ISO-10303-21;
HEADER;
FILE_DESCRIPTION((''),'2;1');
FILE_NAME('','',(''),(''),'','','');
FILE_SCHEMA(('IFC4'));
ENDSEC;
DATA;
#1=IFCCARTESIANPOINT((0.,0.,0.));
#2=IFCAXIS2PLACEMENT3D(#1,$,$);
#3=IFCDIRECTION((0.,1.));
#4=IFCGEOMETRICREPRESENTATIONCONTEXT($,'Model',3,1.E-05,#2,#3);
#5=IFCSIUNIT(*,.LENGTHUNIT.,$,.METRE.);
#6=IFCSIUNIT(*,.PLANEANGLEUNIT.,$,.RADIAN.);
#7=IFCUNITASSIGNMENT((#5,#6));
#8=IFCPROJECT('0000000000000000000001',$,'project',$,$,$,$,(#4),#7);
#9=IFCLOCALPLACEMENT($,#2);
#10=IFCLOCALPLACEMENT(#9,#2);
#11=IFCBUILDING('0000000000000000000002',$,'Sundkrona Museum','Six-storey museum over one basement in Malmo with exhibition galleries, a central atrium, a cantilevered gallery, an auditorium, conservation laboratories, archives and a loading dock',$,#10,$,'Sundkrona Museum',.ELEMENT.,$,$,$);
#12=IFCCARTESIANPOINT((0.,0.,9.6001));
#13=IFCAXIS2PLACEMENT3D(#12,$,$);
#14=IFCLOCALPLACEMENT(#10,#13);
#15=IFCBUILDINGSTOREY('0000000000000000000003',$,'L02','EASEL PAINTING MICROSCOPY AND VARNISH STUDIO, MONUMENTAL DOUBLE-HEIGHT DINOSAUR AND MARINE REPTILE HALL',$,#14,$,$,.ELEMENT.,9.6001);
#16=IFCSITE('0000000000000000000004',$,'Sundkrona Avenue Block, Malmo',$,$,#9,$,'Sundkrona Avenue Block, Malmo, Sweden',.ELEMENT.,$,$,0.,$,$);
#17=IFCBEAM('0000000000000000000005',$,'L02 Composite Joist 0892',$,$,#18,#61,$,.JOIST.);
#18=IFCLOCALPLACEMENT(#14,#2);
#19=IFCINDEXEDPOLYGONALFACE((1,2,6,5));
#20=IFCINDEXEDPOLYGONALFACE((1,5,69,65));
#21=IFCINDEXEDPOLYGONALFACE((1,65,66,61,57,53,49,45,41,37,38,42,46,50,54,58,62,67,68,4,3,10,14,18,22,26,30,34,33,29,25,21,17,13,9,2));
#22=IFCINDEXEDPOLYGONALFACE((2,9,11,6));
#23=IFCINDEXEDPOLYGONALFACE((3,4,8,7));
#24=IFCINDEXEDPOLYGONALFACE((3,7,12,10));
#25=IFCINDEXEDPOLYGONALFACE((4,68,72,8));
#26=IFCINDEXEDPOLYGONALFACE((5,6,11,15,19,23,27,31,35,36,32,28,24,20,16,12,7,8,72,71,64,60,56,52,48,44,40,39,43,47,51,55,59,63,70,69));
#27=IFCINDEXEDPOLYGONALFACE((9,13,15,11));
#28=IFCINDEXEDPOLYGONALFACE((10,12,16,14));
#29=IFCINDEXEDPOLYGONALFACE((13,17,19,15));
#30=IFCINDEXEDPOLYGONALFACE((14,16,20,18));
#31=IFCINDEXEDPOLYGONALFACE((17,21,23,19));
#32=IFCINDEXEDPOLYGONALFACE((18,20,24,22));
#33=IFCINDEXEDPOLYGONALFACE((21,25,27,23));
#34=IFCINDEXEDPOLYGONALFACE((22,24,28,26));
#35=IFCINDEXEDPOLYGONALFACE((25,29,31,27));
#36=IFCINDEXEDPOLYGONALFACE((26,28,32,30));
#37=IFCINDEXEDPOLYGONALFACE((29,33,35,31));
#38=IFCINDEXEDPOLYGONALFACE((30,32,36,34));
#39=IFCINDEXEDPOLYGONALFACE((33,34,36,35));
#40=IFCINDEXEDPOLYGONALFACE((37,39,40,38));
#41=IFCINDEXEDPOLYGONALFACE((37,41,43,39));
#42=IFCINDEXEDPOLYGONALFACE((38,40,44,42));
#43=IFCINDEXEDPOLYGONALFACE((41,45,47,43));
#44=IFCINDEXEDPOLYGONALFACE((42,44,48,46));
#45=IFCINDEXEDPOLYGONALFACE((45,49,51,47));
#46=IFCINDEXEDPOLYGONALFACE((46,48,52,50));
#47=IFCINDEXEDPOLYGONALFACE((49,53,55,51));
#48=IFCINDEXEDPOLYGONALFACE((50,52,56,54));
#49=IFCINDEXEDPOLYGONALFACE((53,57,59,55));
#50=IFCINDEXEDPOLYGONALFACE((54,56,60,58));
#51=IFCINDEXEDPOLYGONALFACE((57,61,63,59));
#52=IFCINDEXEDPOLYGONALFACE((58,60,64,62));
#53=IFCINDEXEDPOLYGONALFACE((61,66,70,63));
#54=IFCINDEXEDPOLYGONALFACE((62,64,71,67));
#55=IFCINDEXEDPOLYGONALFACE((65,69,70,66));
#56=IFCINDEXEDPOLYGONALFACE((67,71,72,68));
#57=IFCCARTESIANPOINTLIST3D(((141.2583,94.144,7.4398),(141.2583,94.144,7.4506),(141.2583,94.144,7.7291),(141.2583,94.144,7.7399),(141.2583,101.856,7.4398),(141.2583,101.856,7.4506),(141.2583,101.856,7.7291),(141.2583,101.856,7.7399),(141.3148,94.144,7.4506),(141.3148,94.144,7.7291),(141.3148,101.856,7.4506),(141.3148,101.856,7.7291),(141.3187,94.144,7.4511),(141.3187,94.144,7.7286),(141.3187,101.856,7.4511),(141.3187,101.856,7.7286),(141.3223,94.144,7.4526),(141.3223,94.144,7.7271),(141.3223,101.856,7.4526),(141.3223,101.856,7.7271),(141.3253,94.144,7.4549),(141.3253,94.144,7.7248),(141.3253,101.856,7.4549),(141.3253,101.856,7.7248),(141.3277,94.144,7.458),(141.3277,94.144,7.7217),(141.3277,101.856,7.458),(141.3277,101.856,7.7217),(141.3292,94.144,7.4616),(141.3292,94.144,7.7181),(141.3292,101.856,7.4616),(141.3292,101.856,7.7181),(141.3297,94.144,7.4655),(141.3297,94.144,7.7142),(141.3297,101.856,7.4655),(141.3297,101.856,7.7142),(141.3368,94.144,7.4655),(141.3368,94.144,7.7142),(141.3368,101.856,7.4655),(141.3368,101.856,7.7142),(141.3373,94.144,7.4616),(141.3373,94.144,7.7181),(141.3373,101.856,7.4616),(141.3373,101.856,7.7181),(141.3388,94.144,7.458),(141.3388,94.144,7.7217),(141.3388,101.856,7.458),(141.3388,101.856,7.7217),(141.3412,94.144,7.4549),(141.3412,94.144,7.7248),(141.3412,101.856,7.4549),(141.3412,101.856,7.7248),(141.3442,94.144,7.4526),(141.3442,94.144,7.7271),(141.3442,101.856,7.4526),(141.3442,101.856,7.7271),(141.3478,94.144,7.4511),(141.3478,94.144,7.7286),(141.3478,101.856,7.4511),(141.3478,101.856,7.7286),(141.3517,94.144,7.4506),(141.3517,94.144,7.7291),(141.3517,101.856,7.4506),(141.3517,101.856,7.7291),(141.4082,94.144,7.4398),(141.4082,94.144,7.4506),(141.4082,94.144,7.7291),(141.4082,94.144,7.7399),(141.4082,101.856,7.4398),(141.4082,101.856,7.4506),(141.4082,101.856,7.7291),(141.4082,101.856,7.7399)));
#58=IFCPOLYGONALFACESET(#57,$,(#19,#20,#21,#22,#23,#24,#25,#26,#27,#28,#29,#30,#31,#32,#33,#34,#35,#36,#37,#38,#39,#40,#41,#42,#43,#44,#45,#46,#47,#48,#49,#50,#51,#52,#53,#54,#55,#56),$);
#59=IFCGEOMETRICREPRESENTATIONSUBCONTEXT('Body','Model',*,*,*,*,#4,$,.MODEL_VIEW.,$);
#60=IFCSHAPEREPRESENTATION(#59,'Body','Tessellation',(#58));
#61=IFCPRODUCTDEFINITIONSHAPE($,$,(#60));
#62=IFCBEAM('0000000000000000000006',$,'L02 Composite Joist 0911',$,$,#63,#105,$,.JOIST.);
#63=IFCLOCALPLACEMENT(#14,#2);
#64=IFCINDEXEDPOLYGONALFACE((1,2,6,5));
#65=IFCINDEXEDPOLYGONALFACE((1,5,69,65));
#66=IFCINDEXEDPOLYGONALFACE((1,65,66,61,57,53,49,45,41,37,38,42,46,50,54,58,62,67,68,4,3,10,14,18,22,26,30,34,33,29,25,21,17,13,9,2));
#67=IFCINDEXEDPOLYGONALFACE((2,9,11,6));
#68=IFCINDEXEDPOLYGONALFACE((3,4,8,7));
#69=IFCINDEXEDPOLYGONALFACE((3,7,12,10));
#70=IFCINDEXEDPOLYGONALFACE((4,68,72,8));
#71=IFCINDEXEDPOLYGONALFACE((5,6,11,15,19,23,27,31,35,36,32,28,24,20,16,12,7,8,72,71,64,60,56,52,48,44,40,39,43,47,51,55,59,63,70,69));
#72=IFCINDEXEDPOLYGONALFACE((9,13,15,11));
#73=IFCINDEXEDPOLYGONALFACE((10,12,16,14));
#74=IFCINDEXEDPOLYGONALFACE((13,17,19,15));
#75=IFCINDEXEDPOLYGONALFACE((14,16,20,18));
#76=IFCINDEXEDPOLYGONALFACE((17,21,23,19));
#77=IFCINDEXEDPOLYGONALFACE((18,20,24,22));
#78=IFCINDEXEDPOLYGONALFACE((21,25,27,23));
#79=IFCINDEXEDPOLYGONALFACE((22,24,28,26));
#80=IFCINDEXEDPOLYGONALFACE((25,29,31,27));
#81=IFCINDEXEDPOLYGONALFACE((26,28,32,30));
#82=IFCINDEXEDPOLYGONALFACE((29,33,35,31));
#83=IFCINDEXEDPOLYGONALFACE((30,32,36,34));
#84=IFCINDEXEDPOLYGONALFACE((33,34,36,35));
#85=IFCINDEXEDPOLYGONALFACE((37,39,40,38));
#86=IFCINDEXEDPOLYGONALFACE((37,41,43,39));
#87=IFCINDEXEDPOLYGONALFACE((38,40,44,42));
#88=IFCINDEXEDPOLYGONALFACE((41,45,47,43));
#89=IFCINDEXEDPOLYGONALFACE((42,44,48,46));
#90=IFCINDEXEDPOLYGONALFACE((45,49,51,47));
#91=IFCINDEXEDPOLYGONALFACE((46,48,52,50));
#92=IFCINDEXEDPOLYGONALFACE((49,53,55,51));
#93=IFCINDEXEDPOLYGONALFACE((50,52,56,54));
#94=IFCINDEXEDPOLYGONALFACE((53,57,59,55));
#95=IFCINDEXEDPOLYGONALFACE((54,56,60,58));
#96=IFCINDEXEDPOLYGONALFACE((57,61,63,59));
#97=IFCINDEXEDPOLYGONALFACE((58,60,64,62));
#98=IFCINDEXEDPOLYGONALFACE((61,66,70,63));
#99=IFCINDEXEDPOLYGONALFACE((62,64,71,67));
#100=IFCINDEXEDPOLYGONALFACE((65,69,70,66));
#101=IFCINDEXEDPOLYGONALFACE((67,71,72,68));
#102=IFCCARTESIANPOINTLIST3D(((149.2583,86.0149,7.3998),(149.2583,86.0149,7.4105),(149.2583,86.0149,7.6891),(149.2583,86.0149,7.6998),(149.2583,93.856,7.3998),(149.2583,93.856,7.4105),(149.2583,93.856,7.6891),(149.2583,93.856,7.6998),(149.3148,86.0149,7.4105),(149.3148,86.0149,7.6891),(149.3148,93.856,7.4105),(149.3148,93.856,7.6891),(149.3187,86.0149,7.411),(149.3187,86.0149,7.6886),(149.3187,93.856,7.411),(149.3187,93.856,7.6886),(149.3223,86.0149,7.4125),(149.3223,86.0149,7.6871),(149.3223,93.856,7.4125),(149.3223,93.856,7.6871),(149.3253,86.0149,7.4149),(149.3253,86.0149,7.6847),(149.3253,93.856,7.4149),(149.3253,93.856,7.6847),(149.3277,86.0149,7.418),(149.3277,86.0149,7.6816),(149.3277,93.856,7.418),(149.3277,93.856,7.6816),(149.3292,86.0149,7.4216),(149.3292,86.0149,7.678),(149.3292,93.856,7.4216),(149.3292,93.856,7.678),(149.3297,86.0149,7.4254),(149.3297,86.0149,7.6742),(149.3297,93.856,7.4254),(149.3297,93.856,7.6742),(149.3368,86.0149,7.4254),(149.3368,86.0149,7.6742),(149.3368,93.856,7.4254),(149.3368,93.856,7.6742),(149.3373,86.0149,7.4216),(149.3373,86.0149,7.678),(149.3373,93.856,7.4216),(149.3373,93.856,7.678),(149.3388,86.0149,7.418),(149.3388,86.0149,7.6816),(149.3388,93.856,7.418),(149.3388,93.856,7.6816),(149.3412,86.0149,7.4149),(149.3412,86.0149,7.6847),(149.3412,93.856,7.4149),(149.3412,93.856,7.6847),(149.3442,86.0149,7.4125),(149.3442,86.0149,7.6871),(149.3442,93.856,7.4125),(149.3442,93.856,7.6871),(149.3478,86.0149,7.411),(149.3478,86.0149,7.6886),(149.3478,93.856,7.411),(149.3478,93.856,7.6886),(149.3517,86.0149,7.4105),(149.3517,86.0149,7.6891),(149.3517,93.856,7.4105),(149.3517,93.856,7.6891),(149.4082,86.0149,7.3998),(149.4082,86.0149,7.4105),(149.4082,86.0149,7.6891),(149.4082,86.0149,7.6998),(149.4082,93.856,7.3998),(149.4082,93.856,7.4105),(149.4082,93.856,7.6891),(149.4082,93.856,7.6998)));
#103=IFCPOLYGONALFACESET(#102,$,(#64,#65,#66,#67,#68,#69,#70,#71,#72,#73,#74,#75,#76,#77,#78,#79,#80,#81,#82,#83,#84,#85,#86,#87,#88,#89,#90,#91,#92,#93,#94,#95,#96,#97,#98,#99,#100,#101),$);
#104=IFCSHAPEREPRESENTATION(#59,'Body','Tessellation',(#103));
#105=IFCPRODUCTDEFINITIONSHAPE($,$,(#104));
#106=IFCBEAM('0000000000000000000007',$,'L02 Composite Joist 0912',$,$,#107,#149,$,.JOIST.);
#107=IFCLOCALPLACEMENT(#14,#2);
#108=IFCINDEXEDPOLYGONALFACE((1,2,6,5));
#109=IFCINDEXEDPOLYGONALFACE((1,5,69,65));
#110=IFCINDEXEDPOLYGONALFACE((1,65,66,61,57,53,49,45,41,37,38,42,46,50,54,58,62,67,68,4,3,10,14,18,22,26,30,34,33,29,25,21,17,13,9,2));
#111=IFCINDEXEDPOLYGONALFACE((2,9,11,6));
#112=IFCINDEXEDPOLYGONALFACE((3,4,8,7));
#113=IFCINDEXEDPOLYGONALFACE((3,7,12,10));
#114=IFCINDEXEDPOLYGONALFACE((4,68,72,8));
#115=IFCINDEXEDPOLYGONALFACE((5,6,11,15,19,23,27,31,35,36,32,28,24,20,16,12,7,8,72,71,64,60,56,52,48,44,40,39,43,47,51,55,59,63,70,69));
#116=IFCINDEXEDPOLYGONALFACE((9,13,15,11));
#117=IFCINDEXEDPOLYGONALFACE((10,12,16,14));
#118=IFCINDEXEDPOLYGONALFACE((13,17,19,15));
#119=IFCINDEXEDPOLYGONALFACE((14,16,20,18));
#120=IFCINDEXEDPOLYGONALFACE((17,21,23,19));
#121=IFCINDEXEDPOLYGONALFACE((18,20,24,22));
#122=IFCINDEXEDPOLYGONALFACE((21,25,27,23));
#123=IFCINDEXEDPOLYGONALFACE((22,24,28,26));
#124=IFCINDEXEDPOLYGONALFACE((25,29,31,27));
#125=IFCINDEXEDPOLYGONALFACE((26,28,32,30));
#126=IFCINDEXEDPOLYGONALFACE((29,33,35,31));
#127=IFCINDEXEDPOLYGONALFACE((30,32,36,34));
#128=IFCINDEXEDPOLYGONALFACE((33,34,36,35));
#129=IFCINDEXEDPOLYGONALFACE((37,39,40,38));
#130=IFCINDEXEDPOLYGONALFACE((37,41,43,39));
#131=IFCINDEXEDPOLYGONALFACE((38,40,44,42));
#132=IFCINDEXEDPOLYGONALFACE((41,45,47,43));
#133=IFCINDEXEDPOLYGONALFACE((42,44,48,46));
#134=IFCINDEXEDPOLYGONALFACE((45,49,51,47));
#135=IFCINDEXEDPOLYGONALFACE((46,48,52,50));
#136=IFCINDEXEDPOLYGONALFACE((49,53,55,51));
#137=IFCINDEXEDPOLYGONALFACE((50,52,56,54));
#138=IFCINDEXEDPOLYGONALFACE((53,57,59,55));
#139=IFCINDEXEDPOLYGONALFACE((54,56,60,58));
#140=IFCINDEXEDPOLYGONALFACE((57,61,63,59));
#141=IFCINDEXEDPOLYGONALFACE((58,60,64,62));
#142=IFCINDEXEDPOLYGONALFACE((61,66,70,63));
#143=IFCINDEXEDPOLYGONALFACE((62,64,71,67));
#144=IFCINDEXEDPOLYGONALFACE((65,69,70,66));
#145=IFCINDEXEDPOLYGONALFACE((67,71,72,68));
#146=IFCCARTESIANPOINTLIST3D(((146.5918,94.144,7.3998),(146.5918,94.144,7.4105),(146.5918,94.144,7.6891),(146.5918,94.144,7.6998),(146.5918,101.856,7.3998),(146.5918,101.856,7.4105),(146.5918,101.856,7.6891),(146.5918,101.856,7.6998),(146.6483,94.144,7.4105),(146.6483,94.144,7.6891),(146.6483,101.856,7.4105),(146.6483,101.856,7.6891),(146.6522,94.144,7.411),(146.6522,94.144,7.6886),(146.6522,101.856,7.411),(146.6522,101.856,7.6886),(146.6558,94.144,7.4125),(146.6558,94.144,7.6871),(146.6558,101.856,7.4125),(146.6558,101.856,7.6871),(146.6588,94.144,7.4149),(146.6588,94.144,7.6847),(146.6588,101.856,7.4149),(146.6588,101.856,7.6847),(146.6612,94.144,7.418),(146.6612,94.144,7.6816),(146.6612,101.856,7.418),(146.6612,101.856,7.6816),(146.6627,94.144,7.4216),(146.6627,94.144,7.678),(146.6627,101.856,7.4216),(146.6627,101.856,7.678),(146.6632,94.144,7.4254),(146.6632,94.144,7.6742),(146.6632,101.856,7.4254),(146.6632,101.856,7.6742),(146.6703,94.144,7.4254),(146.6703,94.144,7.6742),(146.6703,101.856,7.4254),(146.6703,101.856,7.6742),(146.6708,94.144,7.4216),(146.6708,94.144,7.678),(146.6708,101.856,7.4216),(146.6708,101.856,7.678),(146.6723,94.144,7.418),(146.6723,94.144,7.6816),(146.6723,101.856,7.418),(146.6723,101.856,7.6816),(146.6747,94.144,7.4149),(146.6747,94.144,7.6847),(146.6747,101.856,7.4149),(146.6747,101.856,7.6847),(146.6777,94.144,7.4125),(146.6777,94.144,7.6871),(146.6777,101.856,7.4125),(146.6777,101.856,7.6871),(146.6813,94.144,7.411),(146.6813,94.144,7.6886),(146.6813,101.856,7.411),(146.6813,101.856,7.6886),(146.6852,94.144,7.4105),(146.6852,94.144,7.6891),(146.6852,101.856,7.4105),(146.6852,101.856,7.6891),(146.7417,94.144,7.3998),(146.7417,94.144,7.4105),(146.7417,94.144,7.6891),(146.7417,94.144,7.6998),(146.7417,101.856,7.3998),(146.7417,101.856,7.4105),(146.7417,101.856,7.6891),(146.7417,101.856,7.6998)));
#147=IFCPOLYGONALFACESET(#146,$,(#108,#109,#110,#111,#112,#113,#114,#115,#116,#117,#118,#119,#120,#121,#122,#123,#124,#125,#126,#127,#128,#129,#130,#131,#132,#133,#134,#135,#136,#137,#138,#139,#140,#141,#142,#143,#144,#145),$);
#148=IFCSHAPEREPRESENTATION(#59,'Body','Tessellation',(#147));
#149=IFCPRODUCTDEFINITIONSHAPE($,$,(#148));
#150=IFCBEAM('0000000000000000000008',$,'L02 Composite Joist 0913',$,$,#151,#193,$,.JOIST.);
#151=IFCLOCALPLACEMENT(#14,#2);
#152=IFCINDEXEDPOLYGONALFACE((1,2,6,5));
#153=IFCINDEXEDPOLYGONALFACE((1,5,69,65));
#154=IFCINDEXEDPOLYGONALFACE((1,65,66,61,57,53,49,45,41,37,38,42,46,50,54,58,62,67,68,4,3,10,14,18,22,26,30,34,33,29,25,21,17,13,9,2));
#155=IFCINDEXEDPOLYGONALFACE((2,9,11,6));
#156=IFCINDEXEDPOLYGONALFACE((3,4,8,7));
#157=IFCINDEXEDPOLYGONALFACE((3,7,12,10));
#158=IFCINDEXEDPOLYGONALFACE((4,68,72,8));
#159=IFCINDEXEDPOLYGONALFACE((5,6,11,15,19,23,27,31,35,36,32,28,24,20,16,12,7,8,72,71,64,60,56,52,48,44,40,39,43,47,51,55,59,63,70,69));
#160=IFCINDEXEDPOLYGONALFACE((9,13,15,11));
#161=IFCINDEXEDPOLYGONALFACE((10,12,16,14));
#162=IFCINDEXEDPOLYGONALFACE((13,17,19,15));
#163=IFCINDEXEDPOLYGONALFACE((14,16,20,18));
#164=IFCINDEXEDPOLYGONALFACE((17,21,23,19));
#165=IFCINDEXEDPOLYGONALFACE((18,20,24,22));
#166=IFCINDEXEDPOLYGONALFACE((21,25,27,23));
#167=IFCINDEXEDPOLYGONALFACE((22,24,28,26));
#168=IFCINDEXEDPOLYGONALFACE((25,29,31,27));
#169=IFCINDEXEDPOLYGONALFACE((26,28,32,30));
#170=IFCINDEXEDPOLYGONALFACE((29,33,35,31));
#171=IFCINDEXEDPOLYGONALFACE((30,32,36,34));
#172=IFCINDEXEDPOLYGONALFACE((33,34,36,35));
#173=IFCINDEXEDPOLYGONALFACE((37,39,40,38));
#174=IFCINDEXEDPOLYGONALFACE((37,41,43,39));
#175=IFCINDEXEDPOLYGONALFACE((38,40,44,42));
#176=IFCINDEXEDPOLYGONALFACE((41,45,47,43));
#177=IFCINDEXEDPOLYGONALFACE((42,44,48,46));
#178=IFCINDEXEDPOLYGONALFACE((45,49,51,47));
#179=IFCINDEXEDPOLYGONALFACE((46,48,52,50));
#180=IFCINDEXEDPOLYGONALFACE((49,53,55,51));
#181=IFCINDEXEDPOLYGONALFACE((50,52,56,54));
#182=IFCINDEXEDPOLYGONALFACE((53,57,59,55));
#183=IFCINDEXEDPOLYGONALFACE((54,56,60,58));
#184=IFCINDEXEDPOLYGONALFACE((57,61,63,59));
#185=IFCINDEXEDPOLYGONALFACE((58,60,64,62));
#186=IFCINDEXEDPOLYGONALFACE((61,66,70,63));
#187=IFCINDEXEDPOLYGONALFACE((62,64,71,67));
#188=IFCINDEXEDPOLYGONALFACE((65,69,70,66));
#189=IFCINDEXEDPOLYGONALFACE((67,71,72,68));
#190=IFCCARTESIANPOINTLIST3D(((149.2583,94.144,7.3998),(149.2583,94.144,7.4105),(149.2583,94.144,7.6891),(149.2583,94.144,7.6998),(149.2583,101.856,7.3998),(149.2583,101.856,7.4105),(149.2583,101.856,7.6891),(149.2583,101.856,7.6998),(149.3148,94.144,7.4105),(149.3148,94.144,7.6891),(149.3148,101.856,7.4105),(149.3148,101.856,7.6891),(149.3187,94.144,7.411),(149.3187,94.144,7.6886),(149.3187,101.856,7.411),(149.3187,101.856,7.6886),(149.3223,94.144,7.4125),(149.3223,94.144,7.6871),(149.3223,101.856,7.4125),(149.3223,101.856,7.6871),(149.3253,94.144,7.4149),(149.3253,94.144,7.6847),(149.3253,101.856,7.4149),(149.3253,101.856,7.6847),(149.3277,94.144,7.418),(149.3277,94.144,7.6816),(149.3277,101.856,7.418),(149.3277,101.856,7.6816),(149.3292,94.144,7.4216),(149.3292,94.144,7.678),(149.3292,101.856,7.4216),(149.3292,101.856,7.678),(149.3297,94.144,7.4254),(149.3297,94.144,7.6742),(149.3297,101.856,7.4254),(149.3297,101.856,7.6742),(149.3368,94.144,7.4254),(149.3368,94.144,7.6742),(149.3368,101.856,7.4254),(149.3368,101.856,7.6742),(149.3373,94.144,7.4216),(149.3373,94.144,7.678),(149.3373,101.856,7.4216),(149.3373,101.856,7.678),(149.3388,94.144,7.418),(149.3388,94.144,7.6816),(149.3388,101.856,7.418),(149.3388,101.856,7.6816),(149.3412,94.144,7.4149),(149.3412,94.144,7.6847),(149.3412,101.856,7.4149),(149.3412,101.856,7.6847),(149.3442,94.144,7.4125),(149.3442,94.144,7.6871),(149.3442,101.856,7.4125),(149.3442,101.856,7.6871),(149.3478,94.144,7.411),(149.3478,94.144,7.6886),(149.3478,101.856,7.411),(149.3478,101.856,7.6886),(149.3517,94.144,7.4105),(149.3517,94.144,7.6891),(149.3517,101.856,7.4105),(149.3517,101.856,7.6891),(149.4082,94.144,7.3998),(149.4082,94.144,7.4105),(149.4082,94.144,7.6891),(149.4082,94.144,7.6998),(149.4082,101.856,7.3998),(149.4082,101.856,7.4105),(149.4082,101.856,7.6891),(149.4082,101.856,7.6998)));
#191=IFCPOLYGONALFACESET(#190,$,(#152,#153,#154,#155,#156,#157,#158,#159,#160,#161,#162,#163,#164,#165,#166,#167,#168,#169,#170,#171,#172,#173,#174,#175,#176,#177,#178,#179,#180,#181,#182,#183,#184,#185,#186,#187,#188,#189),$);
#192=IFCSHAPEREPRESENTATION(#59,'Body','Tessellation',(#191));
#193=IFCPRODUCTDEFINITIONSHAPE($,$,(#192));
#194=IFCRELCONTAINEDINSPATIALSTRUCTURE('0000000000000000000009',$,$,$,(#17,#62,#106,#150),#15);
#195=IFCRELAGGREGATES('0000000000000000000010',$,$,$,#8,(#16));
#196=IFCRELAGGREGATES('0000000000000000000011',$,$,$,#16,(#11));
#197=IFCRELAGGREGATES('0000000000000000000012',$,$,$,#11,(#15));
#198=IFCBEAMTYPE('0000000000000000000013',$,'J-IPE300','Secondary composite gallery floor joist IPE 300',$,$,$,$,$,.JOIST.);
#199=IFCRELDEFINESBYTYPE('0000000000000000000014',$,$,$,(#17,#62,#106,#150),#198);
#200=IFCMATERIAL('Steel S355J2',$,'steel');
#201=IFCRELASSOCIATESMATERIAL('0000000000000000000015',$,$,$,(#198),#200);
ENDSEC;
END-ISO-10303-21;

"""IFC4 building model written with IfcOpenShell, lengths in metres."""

from ifc_helpers import new_model, si_unit, direction, frame, origin, origin_2d, place, context, subcontext, project, spatial, i_section, extrude, material, material_profile, profile_set, type_object, element, save


model = new_model("IFC4")

# Units and contexts
model_context = context("Model", 3, precision=1e-05, world=origin(), true_north=direction((0.0, 1.0)))
body_context = subcontext(model_context, "Body", "Model", "MODEL_VIEW")
ifc_project = project(units=[si_unit("LENGTHUNIT", "METRE"), si_unit("PLANEANGLEUNIT", "RADIAN")], contexts=[model_context])

# Site, building, storey
site_placement = place(None, origin())
site = spatial("IfcSite", under=ifc_project, at=site_placement, Name="Sundkrona Avenue Block, Malmo", LongName="Sundkrona Avenue Block, Malmo, Sweden", CompositionType="ELEMENT", RefElevation=0.0)
building_placement = place(site_placement, origin())
building = spatial("IfcBuilding", under=site, at=building_placement, Name="Sundkrona Museum", Description="Six-storey museum over one basement in Malmo with exhibition galleries, a central atrium, a cantilevered gallery, an auditorium, conservation laboratories, archives and a loading dock", LongName="Sundkrona Museum", CompositionType="ELEMENT")
storey_placement = place(building_placement, frame((0.0, 0.0, 9.6001)))
storey = spatial("IfcBuildingStorey", under=building, at=storey_placement, Name="L02", Description="EASEL PAINTING MICROSCOPY AND VARNISH STUDIO, MONUMENTAL DOUBLE-HEIGHT DINOSAUR AND MARINE REPTILE HALL", CompositionType="ELEMENT", Elevation=9.6001)

# Shared definitions
ifc_material_1 = material(Name="Steel S355J2", Category="steel")

# Beams
ifc_material_profile_1 = material_profile(ifc_material_1, i_section(OverallWidth=0.1499, OverallDepth=0.3, WebThickness=0.0071, FlangeThickness=0.0107, FilletRadius=0.0149, at=origin_2d()), Name="IPE 300")
ifc_profile_set_1 = profile_set([ifc_material_profile_1], Name="Steel S355J2")
beam_type_1 = type_object("IfcBeamType", Name="J-IPE300", Description="Secondary composite gallery floor joist IPE 300", PredefinedType="JOIST", material=ifc_profile_set_1)
for number, where, z_axis, x_axis, name in (
    (1, (141.3333, 94.144, 7.5898), (0.0, 1.0, 0.0), (-1.0, 0.0, 0.0), "L02 Composite Joist 0892"),
):
    element("IfcBeam", number, at=place(storey_placement, frame(where, z_axis=z_axis, x_axis=x_axis)), inside=storey, type_object=beam_type_1, Name=name, PredefinedType="JOIST", context=body_context, shape_type="SweptSolid", body=[
        extrude(i_section(OverallWidth=0.1499, OverallDepth=0.3, WebThickness=0.0071, FlangeThickness=0.0107, FilletRadius=0.0149, at=origin_2d()), origin(), (0.0, 0.0, 1.0), 7.7119),
    ])
beam_1_placement = place(storey_placement, frame((149.3333, 86.0149, 7.5498), z_axis=(0.0, 1.0, 0.0), x_axis=(-1.0, 0.0, 0.0)))
element("IfcBeam", 2, at=beam_1_placement, inside=storey, type_object=beam_type_1, Name="L02 Composite Joist 0911", PredefinedType="JOIST", context=body_context, shape_type="SweptSolid", body=[
    extrude(i_section(OverallWidth=0.1499, OverallDepth=0.3, WebThickness=0.0071, FlangeThickness=0.0107, FilletRadius=0.0149, at=origin_2d()), origin(), (0.0, 0.0, 1.0), 7.8411),
])
for number, where, z_axis, x_axis, name in (
    (3, (146.6667, 94.144, 7.5498), (0.0, 1.0, 0.0), (-1.0, 0.0, 0.0), "L02 Composite Joist 0912"),
    (4, (149.3333, 94.144, 7.5498), (0.0, 1.0, 0.0), (-1.0, 0.0, 0.0), "L02 Composite Joist 0913"),
):
    element("IfcBeam", number, at=place(storey_placement, frame(where, z_axis=z_axis, x_axis=x_axis)), inside=storey, type_object=beam_type_1, Name=name, PredefinedType="JOIST", context=body_context, shape_type="SweptSolid", body=[
        extrude(i_section(OverallWidth=0.1499, OverallDepth=0.3, WebThickness=0.0071, FlangeThickness=0.0107, FilletRadius=0.0149, at=origin_2d()), origin(), (0.0, 0.0, 1.0), 7.7119),
    ])

save(model, "model.ifc")
